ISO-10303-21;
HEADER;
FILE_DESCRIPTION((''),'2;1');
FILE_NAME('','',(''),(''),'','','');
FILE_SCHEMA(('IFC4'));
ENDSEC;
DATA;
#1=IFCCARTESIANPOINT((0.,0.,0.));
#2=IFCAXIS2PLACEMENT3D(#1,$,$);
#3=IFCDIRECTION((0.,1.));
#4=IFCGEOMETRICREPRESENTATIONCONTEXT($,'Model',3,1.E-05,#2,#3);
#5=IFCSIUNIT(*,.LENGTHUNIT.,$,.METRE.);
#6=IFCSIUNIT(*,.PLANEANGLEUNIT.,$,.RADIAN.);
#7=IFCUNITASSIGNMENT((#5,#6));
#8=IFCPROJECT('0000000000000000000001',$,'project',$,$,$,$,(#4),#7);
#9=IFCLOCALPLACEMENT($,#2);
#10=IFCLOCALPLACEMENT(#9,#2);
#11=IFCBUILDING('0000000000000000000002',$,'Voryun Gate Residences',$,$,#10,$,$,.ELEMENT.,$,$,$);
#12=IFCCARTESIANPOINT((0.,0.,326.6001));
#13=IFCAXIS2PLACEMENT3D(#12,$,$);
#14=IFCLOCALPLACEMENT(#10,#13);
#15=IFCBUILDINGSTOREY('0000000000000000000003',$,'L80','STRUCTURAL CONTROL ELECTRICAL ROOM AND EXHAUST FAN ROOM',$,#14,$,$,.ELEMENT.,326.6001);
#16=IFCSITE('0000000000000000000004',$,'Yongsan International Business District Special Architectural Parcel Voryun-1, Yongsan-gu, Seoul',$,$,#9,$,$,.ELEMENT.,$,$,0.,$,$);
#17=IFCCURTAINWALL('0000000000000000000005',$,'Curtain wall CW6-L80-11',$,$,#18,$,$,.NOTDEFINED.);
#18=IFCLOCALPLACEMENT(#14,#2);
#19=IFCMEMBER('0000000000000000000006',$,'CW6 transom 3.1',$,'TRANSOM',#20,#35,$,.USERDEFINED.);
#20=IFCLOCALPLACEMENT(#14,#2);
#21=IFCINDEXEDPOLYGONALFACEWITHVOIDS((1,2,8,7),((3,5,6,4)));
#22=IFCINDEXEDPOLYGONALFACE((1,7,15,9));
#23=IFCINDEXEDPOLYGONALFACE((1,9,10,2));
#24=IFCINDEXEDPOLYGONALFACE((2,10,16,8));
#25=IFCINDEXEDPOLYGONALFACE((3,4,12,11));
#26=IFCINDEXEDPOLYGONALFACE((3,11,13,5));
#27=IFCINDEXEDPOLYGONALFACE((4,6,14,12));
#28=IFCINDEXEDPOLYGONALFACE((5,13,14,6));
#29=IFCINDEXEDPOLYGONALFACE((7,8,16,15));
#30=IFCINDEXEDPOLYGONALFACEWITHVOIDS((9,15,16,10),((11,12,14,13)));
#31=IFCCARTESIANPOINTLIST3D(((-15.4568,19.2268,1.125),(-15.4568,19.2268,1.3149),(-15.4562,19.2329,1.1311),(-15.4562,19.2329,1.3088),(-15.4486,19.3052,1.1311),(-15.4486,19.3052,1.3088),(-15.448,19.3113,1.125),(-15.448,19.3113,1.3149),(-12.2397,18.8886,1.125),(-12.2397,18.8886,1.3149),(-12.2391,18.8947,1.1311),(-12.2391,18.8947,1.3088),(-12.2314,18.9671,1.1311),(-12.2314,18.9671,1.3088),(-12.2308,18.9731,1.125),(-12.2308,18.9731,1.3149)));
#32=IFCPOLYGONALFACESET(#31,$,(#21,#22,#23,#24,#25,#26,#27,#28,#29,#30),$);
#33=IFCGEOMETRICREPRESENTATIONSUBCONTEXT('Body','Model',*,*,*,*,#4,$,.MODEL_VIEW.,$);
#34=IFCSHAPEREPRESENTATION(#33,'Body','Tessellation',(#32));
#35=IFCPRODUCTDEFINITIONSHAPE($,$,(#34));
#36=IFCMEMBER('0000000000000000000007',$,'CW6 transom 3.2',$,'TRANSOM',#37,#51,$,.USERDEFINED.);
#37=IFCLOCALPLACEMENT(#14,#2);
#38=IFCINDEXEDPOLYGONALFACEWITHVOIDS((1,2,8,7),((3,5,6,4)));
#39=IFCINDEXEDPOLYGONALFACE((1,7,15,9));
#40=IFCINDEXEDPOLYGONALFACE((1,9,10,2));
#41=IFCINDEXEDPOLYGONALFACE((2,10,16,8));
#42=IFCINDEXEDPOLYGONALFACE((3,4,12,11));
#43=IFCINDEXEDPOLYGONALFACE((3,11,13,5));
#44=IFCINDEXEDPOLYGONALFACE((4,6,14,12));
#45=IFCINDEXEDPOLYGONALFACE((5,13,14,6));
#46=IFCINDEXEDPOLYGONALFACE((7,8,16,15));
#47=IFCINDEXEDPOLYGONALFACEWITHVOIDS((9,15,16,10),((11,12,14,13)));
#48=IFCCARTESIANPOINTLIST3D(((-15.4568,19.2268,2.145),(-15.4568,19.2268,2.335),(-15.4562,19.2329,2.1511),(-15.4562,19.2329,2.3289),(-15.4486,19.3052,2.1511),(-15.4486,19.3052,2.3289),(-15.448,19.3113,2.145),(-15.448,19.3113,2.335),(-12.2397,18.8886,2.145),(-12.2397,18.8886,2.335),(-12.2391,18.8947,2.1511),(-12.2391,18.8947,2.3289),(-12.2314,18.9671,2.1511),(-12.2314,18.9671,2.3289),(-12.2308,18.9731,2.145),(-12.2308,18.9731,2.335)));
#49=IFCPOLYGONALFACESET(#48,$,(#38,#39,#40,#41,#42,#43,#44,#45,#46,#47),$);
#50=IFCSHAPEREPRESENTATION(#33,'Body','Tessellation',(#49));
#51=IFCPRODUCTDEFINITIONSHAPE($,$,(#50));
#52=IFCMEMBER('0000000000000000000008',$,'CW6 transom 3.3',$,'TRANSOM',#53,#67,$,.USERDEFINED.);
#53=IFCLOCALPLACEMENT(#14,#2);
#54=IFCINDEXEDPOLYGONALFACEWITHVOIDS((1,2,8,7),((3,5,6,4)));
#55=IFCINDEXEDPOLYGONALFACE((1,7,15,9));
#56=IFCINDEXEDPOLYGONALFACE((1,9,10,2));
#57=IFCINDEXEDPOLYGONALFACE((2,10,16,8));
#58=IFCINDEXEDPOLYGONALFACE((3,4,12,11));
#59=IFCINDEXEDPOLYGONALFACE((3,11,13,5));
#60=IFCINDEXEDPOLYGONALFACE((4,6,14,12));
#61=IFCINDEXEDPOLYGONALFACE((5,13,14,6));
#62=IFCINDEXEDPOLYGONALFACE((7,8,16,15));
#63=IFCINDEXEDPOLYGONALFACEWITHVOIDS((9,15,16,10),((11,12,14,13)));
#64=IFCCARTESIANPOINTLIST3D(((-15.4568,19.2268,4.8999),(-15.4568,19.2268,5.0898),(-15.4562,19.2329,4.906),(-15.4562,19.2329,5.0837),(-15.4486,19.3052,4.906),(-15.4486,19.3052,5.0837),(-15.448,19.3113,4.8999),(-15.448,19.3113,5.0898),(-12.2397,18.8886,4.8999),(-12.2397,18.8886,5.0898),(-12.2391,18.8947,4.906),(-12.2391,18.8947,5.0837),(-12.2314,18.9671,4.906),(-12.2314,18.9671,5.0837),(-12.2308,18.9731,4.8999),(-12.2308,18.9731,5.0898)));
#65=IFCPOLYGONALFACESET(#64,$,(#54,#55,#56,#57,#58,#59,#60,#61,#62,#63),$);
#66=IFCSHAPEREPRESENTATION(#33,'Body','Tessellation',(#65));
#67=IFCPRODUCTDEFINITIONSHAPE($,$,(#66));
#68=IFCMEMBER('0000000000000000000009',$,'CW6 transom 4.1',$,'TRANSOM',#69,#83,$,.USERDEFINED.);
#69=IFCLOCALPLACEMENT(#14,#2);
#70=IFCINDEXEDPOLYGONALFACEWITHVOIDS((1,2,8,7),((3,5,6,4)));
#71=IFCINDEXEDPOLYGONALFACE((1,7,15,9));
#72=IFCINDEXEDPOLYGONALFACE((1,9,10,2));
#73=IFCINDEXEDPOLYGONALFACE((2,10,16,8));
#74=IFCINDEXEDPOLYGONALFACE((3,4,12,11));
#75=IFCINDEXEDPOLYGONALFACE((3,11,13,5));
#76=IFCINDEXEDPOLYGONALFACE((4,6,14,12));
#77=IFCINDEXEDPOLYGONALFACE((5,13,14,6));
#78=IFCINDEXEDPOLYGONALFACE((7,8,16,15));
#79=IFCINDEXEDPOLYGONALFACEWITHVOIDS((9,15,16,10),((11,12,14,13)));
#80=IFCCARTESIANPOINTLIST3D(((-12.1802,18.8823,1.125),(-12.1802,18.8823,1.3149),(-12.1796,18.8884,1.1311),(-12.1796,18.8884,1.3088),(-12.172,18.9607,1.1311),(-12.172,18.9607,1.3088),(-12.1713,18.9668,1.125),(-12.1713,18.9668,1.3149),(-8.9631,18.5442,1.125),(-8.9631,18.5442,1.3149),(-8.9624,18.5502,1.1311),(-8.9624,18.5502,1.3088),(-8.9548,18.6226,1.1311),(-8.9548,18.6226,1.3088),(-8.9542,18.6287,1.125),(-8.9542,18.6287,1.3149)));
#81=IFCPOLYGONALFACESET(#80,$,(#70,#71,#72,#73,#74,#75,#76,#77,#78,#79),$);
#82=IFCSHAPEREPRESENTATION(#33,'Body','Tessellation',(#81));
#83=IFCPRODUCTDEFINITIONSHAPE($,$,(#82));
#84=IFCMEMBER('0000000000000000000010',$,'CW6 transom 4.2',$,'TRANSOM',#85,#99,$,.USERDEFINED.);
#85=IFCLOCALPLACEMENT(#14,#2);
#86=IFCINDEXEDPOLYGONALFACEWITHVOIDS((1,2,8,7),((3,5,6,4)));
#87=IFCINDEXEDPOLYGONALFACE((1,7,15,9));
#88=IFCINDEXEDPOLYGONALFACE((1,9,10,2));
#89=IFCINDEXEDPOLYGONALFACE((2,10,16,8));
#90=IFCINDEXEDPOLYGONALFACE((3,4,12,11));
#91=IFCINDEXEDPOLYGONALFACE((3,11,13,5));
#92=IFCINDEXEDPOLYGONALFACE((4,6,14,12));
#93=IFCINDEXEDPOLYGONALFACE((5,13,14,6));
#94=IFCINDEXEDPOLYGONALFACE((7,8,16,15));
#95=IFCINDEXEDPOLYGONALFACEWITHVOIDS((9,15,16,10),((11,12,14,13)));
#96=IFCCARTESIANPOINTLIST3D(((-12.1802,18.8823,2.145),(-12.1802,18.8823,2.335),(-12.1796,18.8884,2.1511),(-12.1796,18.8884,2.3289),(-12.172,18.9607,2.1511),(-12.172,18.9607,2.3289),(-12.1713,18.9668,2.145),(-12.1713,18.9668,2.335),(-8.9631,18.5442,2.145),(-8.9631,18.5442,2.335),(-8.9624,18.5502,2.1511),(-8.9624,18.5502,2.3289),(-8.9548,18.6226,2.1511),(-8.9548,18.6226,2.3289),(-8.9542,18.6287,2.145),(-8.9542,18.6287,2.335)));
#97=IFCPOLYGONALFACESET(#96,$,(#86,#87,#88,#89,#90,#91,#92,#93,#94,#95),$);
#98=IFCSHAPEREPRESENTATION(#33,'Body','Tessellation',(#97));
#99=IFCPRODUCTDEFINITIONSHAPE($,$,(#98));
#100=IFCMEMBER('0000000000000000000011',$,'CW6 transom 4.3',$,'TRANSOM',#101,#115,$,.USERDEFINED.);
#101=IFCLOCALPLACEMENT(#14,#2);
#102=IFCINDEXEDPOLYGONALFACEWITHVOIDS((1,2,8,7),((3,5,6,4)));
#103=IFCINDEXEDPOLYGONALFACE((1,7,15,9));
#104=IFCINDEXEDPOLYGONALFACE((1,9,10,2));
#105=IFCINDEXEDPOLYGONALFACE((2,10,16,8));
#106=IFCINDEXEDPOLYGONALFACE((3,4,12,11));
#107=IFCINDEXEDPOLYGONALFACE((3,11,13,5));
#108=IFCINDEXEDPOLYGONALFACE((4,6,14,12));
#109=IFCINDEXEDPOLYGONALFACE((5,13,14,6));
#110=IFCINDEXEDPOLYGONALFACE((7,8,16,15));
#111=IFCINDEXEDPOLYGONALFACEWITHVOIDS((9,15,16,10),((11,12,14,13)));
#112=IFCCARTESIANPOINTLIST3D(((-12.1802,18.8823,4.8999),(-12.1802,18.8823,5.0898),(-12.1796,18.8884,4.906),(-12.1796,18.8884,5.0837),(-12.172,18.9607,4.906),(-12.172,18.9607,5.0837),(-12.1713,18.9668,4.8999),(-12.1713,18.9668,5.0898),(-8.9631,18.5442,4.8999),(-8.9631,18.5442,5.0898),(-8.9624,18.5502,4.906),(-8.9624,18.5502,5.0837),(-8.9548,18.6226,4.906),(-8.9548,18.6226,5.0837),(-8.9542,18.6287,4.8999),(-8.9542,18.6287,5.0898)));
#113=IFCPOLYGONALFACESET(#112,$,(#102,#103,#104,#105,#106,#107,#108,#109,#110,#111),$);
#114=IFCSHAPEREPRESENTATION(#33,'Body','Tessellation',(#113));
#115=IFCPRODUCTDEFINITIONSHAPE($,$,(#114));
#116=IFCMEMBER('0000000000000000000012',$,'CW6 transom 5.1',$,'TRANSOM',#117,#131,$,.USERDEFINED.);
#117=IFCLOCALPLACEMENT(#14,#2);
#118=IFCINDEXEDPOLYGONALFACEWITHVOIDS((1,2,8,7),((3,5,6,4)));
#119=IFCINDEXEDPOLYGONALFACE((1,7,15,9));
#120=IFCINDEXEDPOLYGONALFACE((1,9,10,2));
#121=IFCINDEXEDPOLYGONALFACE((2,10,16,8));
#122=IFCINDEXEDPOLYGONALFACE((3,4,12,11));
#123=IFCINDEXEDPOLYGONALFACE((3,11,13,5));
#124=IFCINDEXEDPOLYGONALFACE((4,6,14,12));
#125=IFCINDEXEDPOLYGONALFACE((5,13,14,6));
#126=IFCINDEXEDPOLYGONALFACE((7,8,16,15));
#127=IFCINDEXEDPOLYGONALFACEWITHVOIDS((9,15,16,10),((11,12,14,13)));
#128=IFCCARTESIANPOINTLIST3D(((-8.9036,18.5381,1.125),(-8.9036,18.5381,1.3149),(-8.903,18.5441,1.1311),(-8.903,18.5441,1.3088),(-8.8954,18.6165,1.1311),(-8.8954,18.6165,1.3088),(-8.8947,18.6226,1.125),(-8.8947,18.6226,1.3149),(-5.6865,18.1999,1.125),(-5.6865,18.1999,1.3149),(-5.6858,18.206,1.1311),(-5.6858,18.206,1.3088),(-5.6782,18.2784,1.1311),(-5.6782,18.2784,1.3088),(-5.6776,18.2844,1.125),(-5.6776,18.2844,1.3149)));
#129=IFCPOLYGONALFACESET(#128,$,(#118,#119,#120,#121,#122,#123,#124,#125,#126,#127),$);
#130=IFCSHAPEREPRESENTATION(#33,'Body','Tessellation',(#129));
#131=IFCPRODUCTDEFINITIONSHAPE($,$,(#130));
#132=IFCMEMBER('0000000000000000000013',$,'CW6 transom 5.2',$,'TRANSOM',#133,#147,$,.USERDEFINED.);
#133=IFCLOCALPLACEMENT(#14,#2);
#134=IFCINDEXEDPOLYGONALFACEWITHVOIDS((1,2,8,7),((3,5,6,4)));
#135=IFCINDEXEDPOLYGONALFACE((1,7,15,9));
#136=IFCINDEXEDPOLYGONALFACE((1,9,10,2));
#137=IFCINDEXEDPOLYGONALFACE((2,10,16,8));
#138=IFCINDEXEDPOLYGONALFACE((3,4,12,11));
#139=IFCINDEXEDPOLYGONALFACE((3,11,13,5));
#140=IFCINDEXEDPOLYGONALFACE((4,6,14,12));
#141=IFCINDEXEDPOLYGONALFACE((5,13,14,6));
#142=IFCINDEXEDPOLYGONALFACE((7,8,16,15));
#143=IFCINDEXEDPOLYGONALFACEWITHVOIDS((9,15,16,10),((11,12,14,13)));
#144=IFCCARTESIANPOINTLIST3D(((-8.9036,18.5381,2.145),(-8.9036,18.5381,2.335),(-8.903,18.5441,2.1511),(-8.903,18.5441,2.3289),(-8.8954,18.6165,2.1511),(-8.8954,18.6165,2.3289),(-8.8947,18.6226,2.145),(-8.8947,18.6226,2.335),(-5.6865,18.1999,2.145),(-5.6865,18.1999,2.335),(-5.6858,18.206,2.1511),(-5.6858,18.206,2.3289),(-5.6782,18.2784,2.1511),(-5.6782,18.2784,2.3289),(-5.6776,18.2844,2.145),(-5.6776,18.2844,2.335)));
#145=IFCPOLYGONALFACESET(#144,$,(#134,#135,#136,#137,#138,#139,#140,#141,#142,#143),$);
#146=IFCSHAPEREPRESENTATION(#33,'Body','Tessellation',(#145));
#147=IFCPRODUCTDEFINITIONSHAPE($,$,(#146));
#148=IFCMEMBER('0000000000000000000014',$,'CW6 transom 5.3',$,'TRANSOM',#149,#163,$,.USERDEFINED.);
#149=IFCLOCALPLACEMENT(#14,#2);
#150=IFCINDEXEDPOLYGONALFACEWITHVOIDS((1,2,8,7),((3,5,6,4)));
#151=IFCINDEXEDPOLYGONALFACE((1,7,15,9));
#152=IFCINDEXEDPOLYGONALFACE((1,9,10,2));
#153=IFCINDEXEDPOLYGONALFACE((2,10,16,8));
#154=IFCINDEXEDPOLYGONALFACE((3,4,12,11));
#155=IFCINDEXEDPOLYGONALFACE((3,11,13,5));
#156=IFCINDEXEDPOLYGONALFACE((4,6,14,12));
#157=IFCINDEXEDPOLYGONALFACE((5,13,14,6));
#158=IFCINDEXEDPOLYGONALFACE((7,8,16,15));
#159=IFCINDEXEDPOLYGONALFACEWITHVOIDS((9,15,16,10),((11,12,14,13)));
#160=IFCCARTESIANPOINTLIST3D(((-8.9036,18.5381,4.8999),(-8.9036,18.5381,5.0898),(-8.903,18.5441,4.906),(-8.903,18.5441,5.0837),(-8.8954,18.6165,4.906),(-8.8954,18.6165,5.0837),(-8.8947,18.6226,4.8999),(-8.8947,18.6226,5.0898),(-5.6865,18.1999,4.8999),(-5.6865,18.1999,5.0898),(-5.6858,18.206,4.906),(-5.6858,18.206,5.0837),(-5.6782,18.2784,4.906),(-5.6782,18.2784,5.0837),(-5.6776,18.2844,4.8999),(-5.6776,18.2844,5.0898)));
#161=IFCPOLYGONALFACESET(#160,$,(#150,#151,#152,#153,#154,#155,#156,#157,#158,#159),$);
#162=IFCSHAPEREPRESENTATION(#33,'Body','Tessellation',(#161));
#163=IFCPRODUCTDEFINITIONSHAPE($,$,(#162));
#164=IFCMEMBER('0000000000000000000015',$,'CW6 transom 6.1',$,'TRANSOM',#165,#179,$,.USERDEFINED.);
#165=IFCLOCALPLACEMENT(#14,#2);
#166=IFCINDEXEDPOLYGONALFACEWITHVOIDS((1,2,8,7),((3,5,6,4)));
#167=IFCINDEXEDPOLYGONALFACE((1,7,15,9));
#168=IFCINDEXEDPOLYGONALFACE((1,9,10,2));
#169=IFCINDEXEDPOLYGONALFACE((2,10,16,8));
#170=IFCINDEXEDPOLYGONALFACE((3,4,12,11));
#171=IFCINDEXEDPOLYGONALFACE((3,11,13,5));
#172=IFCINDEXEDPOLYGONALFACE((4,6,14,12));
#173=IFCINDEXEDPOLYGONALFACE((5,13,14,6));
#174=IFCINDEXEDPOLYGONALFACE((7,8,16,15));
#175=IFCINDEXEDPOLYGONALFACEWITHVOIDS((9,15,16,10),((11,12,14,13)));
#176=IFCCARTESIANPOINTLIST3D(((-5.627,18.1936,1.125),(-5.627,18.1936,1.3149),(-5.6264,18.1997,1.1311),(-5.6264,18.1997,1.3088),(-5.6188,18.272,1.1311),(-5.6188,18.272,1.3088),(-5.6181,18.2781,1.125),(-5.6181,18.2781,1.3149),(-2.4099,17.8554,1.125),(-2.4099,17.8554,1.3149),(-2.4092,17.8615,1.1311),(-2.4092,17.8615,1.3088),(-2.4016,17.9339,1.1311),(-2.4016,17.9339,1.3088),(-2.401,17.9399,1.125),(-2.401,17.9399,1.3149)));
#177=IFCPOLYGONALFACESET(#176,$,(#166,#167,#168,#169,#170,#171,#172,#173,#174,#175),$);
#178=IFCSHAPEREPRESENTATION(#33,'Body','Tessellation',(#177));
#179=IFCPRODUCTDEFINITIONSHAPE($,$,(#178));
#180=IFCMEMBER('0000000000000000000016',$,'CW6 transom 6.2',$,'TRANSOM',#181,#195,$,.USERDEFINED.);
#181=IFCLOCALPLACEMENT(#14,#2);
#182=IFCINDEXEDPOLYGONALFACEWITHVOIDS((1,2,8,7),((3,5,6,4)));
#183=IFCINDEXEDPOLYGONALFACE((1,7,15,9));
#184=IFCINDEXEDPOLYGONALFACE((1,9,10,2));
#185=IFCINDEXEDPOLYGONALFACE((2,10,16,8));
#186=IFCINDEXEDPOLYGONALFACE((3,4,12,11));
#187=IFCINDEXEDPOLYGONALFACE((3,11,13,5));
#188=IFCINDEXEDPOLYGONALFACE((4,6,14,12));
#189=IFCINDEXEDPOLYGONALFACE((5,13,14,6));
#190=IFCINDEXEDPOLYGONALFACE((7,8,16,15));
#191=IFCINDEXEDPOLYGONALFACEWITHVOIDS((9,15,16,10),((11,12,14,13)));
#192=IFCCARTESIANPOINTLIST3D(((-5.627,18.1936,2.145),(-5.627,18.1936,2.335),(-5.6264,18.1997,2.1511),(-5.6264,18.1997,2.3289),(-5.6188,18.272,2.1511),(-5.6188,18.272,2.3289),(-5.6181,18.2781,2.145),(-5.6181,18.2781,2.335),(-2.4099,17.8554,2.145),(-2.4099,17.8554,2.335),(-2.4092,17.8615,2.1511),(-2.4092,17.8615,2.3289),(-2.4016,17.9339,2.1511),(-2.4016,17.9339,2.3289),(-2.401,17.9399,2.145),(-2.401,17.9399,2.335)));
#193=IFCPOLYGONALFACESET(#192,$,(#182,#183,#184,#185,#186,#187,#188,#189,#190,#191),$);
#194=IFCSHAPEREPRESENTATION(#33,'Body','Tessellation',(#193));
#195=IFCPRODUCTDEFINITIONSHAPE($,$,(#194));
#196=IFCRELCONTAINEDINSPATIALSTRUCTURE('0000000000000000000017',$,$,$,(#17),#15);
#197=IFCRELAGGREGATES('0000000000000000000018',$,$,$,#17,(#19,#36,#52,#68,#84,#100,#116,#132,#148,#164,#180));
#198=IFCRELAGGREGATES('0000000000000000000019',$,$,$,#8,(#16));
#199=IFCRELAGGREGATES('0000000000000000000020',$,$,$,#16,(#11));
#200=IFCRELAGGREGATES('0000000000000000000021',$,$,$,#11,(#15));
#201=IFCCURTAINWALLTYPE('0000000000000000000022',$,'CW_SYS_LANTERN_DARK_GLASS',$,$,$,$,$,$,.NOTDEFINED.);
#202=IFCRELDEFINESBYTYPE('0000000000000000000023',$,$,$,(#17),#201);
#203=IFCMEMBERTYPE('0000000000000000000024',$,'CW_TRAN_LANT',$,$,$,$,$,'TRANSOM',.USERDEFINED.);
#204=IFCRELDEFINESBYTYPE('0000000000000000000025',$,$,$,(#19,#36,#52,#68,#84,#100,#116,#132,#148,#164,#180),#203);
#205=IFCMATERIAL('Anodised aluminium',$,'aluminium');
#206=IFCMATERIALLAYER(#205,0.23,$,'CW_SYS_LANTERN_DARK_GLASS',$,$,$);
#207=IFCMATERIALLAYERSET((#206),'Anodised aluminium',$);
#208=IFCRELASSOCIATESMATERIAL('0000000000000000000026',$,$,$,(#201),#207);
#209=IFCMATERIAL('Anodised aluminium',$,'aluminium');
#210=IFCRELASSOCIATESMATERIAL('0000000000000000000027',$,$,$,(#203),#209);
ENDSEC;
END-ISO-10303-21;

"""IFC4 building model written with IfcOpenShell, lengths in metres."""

from ifc_helpers import new_model, si_unit, direction, frame, origin, origin_2d, place, context, subcontext, project, spatial, hollow_rectangle, extrude, material, layer, layer_set, material_profile, profile_set, type_object, element, aggregate, save


model = new_model("IFC4")

# Units and contexts
model_context = context("Model", 3, precision=1e-05, world=origin(), true_north=direction((0.0, 1.0)))
body_context = subcontext(model_context, "Body", "Model", "MODEL_VIEW")
ifc_project = project(units=[si_unit("LENGTHUNIT", "METRE"), si_unit("PLANEANGLEUNIT", "RADIAN")], contexts=[model_context])

# Site, building, storey
site_placement = place(None, origin())
site = spatial("IfcSite", under=ifc_project, at=site_placement, Name="Yongsan International Business District Special Architectural Parcel Voryun-1, Yongsan-gu, Seoul", CompositionType="ELEMENT", RefElevation=0.0)
building_placement = place(site_placement, origin())
building = spatial("IfcBuilding", under=site, at=building_placement, Name="Voryun Gate Residences", CompositionType="ELEMENT")
storey_placement = place(building_placement, frame((0.0, 0.0, 326.6001)))
storey = spatial("IfcBuildingStorey", under=building, at=storey_placement, Name="L80", Description="STRUCTURAL CONTROL ELECTRICAL ROOM AND EXHAUST FAN ROOM", CompositionType="ELEMENT", Elevation=326.6001)

# Curtain wall, members
ifc_material_1 = material(Name="Anodised aluminium", Category="aluminium")
ifc_layer_1 = layer(ifc_material_1, 0.23, Name="CW_SYS_LANTERN_DARK_GLASS")
ifc_layer_set_1 = layer_set([ifc_layer_1], Name="Anodised aluminium")
curtain_wall_type = type_object("IfcCurtainWallType", Name="CW_SYS_LANTERN_DARK_GLASS", PredefinedType="NOTDEFINED", material=ifc_layer_set_1)
curtain_wall_placement = place(storey_placement, origin())
curtain_wall = element("IfcCurtainWall", 1, at=curtain_wall_placement, inside=storey, type_object=curtain_wall_type, Name="Curtain wall CW6-L80-11", PredefinedType="NOTDEFINED")
ifc_material_2 = material(Name="Anodised aluminium", Category="aluminium")
ifc_material_profile_1 = material_profile(ifc_material_2, hollow_rectangle(XDim=0.085, YDim=0.1899, WallThickness=0.0061, at=origin_2d()), Name="ALU-TRAN-190x85x6")
ifc_profile_set_1 = profile_set([ifc_material_profile_1], Name="Anodised aluminium")
member_type_1 = type_object("IfcMemberType", Name="CW_TRAN_LANT", ElementType="TRANSOM", PredefinedType="USERDEFINED", material=ifc_profile_set_1)
member_1_placement = place(storey_placement, frame((-15.4524, 19.269, 1.22), z_axis=(0.994522, -0.104532, 0.0), x_axis=(0.104532, 0.994522, 0.0)))
member_1 = element("IfcMember", 2, at=member_1_placement, type_object=member_type_1, Name="CW6 transom 3.1", ObjectType="TRANSOM", PredefinedType="USERDEFINED", context=body_context, shape_type="SweptSolid", body=[
    extrude(hollow_rectangle(XDim=0.085, YDim=0.1899, WallThickness=0.0061, at=origin_2d()), origin(), (0.0, 0.0, 1.0), 3.2349),
])
member_2_placement = place(storey_placement, frame((-15.4524, 19.269, 2.24), z_axis=(0.994522, -0.104532, 0.0), x_axis=(0.104532, 0.994522, 0.0)))
member_2 = element("IfcMember", 3, at=member_2_placement, type_object=member_type_1, Name="CW6 transom 3.2", ObjectType="TRANSOM", PredefinedType="USERDEFINED", context=body_context, shape_type="SweptSolid", body=[
    extrude(hollow_rectangle(XDim=0.085, YDim=0.1899, WallThickness=0.0061, at=origin_2d()), origin(), (0.0, 0.0, 1.0), 3.2349),
])
member_3_placement = place(storey_placement, frame((-15.4524, 19.269, 4.9949), z_axis=(0.994522, -0.104532, 0.0), x_axis=(0.104532, 0.994522, 0.0)))
member_3 = element("IfcMember", 4, at=member_3_placement, type_object=member_type_1, Name="CW6 transom 3.3", ObjectType="TRANSOM", PredefinedType="USERDEFINED", context=body_context, shape_type="SweptSolid", body=[
    extrude(hollow_rectangle(XDim=0.085, YDim=0.1899, WallThickness=0.0061, at=origin_2d()), origin(), (0.0, 0.0, 1.0), 3.2349),
])
member_4_placement = place(storey_placement, frame((-12.1758, 18.9246, 1.22), z_axis=(0.994522, -0.104532, 0.0), x_axis=(0.104532, 0.994522, 0.0)))
member_4 = element("IfcMember", 5, at=member_4_placement, type_object=member_type_1, Name="CW6 transom 4.1", ObjectType="TRANSOM", PredefinedType="USERDEFINED", context=body_context, shape_type="SweptSolid", body=[
    extrude(hollow_rectangle(XDim=0.085, YDim=0.1899, WallThickness=0.0061, at=origin_2d()), origin(), (0.0, 0.0, 1.0), 3.2349),
])
member_5_placement = place(storey_placement, frame((-12.1758, 18.9246, 2.24), z_axis=(0.994522, -0.104532, 0.0), x_axis=(0.104532, 0.994522, 0.0)))
member_5 = element("IfcMember", 6, at=member_5_placement, type_object=member_type_1, Name="CW6 transom 4.2", ObjectType="TRANSOM", PredefinedType="USERDEFINED", context=body_context, shape_type="SweptSolid", body=[
    extrude(hollow_rectangle(XDim=0.085, YDim=0.1899, WallThickness=0.0061, at=origin_2d()), origin(), (0.0, 0.0, 1.0), 3.2349),
])
member_6_placement = place(storey_placement, frame((-12.1758, 18.9246, 4.9949), z_axis=(0.994522, -0.104532, 0.0), x_axis=(0.104532, 0.994522, 0.0)))
member_6 = element("IfcMember", 7, at=member_6_placement, type_object=member_type_1, Name="CW6 transom 4.3", ObjectType="TRANSOM", PredefinedType="USERDEFINED", context=body_context, shape_type="SweptSolid", body=[
    extrude(hollow_rectangle(XDim=0.085, YDim=0.1899, WallThickness=0.0061, at=origin_2d()), origin(), (0.0, 0.0, 1.0), 3.2349),
])
member_7_placement = place(storey_placement, frame((-8.8992, 18.5803, 1.22), z_axis=(0.994522, -0.104532, 0.0), x_axis=(0.104532, 0.994522, 0.0)))
member_7 = element("IfcMember", 8, at=member_7_placement, type_object=member_type_1, Name="CW6 transom 5.1", ObjectType="TRANSOM", PredefinedType="USERDEFINED", context=body_context, shape_type="SweptSolid", body=[
    extrude(hollow_rectangle(XDim=0.085, YDim=0.1899, WallThickness=0.0061, at=origin_2d()), origin(), (0.0, 0.0, 1.0), 3.2349),
])
member_8_placement = place(storey_placement, frame((-8.8992, 18.5803, 2.24), z_axis=(0.994522, -0.104532, 0.0), x_axis=(0.104532, 0.994522, 0.0)))
member_8 = element("IfcMember", 9, at=member_8_placement, type_object=member_type_1, Name="CW6 transom 5.2", ObjectType="TRANSOM", PredefinedType="USERDEFINED", context=body_context, shape_type="SweptSolid", body=[
    extrude(hollow_rectangle(XDim=0.085, YDim=0.1899, WallThickness=0.0061, at=origin_2d()), origin(), (0.0, 0.0, 1.0), 3.2349),
])
member_9_placement = place(storey_placement, frame((-8.8992, 18.5803, 4.9949), z_axis=(0.994522, -0.104532, 0.0), x_axis=(0.104532, 0.994522, 0.0)))
member_9 = element("IfcMember", 10, at=member_9_placement, type_object=member_type_1, Name="CW6 transom 5.3", ObjectType="TRANSOM", PredefinedType="USERDEFINED", context=body_context, shape_type="SweptSolid", body=[
    extrude(hollow_rectangle(XDim=0.085, YDim=0.1899, WallThickness=0.0061, at=origin_2d()), origin(), (0.0, 0.0, 1.0), 3.2349),
])
member_10_placement = place(storey_placement, frame((-5.6226, 18.2358, 1.22), z_axis=(0.994522, -0.104532, 0.0), x_axis=(0.104532, 0.994522, 0.0)))
member_10 = element("IfcMember", 11, at=member_10_placement, type_object=member_type_1, Name="CW6 transom 6.1", ObjectType="TRANSOM", PredefinedType="USERDEFINED", context=body_context, shape_type="SweptSolid", body=[
    extrude(hollow_rectangle(XDim=0.085, YDim=0.1899, WallThickness=0.0061, at=origin_2d()), origin(), (0.0, 0.0, 1.0), 3.2349),
])
member_11_placement = place(storey_placement, frame((-5.6226, 18.2358, 2.24), z_axis=(0.994522, -0.104532, 0.0), x_axis=(0.104532, 0.994522, 0.0)))
member_11 = element("IfcMember", 12, at=member_11_placement, type_object=member_type_1, Name="CW6 transom 6.2", ObjectType="TRANSOM", PredefinedType="USERDEFINED", context=body_context, shape_type="SweptSolid", body=[
    extrude(hollow_rectangle(XDim=0.085, YDim=0.1899, WallThickness=0.0061, at=origin_2d()), origin(), (0.0, 0.0, 1.0), 3.2349),
])

aggregate(curtain_wall, [member_1, member_2, member_3, member_4, member_5, member_6, member_7, member_8, member_9, member_10, member_11])

save(model, "model.ifc")
